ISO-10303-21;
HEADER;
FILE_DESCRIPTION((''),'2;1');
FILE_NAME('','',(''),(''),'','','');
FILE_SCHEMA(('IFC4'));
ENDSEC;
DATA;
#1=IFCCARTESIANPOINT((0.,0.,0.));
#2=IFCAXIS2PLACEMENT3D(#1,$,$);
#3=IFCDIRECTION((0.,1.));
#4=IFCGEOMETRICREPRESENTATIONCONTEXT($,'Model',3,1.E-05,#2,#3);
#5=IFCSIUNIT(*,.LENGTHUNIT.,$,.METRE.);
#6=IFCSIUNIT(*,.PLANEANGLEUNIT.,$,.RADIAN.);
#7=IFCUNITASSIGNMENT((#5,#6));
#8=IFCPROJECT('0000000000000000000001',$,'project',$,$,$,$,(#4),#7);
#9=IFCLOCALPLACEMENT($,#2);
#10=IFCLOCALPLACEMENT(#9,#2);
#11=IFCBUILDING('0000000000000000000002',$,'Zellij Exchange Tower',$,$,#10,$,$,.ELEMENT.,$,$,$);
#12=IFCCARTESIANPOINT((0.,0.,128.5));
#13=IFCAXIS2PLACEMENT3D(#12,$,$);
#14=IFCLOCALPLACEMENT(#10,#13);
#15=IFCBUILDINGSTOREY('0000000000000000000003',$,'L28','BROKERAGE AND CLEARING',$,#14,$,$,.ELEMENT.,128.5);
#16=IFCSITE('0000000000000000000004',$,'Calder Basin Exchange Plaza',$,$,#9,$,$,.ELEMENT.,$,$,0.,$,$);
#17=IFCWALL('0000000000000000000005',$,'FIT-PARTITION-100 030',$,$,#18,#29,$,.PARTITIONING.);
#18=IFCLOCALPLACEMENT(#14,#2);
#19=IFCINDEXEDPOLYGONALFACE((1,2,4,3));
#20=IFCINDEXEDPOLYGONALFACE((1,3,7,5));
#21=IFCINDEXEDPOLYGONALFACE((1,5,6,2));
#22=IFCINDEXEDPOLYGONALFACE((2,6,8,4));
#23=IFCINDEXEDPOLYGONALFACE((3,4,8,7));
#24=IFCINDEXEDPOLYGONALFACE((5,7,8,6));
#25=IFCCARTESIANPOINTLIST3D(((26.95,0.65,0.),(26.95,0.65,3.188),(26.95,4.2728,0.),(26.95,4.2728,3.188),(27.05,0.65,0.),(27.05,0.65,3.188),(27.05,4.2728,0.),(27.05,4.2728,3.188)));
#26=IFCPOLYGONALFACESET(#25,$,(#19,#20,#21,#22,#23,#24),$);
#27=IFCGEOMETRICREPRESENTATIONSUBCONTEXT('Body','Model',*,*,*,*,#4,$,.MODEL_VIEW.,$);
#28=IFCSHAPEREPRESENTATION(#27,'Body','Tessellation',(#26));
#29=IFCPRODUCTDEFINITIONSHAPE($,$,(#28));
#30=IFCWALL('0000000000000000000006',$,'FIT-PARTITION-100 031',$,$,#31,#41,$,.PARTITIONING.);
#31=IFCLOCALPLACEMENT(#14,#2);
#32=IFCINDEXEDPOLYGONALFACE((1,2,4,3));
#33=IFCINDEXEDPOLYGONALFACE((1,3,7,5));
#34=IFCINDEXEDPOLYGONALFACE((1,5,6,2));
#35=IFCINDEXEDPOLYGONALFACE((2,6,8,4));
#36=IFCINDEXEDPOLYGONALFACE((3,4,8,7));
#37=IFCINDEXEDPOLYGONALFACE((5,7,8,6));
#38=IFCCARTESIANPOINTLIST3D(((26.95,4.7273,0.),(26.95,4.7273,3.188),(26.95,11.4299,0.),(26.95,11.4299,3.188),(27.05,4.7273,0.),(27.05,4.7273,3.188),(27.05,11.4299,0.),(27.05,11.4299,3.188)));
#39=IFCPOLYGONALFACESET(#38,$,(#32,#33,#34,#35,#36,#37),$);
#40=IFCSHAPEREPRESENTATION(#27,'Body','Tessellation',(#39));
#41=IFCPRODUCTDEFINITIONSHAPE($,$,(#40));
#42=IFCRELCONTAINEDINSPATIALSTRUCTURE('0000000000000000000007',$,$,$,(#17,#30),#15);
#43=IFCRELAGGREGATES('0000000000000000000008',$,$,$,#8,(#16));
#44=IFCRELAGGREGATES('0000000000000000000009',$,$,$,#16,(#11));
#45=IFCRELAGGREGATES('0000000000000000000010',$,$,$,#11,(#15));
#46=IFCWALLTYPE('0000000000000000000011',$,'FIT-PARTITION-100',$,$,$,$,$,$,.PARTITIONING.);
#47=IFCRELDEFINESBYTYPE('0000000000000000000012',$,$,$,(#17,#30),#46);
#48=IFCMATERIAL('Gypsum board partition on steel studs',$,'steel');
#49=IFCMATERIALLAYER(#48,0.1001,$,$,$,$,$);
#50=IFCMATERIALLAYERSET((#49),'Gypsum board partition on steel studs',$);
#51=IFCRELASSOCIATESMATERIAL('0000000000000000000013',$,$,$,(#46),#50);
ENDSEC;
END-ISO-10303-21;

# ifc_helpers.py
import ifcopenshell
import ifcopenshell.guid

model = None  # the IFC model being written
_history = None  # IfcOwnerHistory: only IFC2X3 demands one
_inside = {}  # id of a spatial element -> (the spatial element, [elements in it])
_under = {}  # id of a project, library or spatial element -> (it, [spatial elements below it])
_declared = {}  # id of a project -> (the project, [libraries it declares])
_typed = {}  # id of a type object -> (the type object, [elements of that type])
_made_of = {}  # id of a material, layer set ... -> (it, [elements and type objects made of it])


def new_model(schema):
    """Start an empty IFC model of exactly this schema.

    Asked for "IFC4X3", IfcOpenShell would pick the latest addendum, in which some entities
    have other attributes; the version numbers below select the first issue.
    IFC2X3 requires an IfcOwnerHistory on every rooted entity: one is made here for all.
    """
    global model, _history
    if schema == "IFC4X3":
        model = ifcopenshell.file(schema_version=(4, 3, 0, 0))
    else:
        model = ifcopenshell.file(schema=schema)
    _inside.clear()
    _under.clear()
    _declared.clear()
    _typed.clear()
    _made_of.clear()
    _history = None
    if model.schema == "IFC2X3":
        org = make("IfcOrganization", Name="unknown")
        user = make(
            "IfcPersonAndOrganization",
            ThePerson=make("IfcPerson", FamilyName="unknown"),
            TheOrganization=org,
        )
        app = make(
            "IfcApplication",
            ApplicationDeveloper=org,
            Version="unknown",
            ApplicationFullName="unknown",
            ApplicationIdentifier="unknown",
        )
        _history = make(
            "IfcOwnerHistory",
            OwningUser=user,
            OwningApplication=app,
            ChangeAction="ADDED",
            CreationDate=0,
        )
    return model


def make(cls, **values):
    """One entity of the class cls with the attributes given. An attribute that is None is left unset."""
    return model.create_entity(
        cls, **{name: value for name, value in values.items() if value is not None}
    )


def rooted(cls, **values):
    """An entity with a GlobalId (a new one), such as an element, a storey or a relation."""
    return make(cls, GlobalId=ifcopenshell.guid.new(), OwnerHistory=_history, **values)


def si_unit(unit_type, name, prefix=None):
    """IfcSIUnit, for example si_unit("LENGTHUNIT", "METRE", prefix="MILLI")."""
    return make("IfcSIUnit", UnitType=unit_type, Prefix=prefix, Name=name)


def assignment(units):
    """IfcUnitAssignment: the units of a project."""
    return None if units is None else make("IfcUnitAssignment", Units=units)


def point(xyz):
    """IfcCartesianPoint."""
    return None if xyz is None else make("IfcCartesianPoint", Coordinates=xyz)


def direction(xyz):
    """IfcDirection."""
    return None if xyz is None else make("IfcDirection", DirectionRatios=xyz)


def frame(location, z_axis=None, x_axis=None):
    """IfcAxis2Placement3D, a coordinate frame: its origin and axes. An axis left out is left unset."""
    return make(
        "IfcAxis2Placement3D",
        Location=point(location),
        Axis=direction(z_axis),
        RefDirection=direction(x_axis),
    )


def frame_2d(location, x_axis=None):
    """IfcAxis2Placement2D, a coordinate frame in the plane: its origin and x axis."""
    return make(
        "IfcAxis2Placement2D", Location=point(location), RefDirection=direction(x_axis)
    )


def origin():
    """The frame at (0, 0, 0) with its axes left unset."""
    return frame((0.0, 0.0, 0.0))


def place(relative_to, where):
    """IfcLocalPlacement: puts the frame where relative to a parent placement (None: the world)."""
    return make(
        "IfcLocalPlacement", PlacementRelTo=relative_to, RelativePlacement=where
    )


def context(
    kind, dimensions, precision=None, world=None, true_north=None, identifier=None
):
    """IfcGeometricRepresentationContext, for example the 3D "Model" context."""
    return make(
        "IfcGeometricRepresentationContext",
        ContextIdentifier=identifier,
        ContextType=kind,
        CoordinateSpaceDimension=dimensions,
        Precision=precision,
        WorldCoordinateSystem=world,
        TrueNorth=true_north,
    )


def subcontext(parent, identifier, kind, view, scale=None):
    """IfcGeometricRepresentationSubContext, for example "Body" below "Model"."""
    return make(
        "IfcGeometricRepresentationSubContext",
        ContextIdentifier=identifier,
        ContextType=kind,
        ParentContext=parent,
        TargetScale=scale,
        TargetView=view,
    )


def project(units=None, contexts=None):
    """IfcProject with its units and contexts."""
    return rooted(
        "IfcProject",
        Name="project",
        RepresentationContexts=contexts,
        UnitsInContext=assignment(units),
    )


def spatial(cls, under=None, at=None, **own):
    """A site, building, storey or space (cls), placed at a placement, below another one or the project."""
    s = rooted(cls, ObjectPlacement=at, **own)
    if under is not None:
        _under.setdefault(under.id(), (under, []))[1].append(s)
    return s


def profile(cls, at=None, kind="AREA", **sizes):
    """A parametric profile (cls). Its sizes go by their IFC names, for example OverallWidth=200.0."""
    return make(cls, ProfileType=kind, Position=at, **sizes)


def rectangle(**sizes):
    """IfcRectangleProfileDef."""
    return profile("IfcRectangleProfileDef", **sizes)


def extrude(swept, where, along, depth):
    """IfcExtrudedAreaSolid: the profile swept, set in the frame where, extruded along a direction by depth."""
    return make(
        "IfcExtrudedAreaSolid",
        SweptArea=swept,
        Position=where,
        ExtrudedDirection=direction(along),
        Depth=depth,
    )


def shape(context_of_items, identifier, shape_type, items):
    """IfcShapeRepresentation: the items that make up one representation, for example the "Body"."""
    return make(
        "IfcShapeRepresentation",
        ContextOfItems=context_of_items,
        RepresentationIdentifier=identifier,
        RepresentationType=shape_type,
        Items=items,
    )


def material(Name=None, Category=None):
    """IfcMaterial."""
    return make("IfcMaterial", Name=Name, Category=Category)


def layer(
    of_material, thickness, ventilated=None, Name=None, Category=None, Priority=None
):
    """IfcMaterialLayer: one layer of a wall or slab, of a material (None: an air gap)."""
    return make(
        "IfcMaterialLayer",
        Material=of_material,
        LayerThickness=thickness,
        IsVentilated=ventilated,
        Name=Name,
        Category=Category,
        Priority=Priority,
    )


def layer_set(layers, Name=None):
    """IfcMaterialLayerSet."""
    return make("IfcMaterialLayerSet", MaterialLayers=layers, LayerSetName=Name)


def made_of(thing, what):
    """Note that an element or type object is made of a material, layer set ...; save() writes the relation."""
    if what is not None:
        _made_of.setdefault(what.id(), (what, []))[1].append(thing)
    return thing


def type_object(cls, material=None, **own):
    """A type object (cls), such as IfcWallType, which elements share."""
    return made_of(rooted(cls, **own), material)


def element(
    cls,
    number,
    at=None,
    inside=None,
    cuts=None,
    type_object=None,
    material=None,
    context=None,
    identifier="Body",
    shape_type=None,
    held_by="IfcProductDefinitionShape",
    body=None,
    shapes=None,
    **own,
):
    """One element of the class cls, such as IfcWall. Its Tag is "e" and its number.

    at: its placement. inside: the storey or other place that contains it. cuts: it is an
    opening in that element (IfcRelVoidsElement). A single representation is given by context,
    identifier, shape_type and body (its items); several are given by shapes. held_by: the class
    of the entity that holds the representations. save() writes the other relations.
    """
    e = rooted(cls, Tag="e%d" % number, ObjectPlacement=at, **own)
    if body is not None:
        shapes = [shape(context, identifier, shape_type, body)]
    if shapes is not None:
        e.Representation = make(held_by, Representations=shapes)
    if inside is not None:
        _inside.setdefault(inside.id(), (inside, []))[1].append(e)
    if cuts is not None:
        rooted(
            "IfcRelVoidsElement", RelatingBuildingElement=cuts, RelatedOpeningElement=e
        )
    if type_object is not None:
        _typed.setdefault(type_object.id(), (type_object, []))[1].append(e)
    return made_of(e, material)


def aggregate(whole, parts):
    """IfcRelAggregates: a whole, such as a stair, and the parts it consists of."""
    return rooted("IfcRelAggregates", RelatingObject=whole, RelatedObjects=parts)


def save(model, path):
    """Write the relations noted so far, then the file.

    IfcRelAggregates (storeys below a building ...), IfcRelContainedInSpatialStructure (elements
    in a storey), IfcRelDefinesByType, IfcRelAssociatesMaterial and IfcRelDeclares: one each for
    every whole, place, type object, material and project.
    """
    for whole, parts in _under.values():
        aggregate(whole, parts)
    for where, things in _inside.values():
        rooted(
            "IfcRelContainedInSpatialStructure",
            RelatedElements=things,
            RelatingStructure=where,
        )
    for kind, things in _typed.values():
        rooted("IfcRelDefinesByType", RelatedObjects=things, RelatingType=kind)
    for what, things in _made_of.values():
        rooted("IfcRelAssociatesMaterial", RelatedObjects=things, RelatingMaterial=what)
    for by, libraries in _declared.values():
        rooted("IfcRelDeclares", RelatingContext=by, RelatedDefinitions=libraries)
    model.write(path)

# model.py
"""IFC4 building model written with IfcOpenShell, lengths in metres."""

from ifc_helpers import new_model, si_unit, direction, frame, frame_2d, origin, place, context, subcontext, project, spatial, rectangle, extrude, material, layer, layer_set, type_object, element, save


model = new_model("IFC4")

# Units and contexts
model_context = context("Model", 3, precision=1e-05, world=origin(), true_north=direction((0.0, 1.0)))
body_context = subcontext(model_context, "Body", "Model", "MODEL_VIEW")
ifc_project = project(units=[si_unit("LENGTHUNIT", "METRE"), si_unit("PLANEANGLEUNIT", "RADIAN")], contexts=[model_context])

# Site, building, storey
site_placement = place(None, origin())
site = spatial("IfcSite", under=ifc_project, at=site_placement, Name="Calder Basin Exchange Plaza", CompositionType="ELEMENT", RefElevation=0.0)
building_placement = place(site_placement, origin())
building = spatial("IfcBuilding", under=site, at=building_placement, Name="Zellij Exchange Tower", CompositionType="ELEMENT")
storey_placement = place(building_placement, frame((0.0, 0.0, 128.5)))
storey = spatial("IfcBuildingStorey", under=building, at=storey_placement, Name="L28", Description="BROKERAGE AND CLEARING", CompositionType="ELEMENT", Elevation=128.5)

# Walls
ifc_material_1 = material(Name="Gypsum board partition on steel studs", Category="steel")
ifc_layer = layer(ifc_material_1, 0.1001)
ifc_layer_set = layer_set([ifc_layer], Name="Gypsum board partition on steel studs")
wall_type = type_object("IfcWallType", Name="FIT-PARTITION-100", PredefinedType="PARTITIONING", material=ifc_layer_set)
wall_1_placement = place(storey_placement, frame((27.0, 0.6499, 0.0), z_axis=(0.0, 0.0, 1.0), x_axis=(0.0, 1.0, 0.0)))
element("IfcWall", 1, at=wall_1_placement, inside=storey, type_object=wall_type, Name="FIT-PARTITION-100 030", PredefinedType="PARTITIONING", context=body_context, shape_type="SweptSolid", body=[
    extrude(rectangle(XDim=3.6228, YDim=0.1001, at=frame_2d((1.8115, 0.0))), origin(), (0.0, 0.0, 1.0), 3.188),
])
wall_2_placement = place(storey_placement, frame((27.0, 4.7273, 0.0), z_axis=(0.0, 0.0, 1.0), x_axis=(0.0, 1.0, 0.0)))
element("IfcWall", 2, at=wall_2_placement, inside=storey, type_object=wall_type, Name="FIT-PARTITION-100 031", PredefinedType="PARTITIONING", context=body_context, shape_type="SweptSolid", body=[
    extrude(rectangle(XDim=6.7026, YDim=0.1001, at=frame_2d((3.3513, 0.0))), origin(), (0.0, 0.0, 1.0), 3.188),
])

save(model, "model.ifc")
